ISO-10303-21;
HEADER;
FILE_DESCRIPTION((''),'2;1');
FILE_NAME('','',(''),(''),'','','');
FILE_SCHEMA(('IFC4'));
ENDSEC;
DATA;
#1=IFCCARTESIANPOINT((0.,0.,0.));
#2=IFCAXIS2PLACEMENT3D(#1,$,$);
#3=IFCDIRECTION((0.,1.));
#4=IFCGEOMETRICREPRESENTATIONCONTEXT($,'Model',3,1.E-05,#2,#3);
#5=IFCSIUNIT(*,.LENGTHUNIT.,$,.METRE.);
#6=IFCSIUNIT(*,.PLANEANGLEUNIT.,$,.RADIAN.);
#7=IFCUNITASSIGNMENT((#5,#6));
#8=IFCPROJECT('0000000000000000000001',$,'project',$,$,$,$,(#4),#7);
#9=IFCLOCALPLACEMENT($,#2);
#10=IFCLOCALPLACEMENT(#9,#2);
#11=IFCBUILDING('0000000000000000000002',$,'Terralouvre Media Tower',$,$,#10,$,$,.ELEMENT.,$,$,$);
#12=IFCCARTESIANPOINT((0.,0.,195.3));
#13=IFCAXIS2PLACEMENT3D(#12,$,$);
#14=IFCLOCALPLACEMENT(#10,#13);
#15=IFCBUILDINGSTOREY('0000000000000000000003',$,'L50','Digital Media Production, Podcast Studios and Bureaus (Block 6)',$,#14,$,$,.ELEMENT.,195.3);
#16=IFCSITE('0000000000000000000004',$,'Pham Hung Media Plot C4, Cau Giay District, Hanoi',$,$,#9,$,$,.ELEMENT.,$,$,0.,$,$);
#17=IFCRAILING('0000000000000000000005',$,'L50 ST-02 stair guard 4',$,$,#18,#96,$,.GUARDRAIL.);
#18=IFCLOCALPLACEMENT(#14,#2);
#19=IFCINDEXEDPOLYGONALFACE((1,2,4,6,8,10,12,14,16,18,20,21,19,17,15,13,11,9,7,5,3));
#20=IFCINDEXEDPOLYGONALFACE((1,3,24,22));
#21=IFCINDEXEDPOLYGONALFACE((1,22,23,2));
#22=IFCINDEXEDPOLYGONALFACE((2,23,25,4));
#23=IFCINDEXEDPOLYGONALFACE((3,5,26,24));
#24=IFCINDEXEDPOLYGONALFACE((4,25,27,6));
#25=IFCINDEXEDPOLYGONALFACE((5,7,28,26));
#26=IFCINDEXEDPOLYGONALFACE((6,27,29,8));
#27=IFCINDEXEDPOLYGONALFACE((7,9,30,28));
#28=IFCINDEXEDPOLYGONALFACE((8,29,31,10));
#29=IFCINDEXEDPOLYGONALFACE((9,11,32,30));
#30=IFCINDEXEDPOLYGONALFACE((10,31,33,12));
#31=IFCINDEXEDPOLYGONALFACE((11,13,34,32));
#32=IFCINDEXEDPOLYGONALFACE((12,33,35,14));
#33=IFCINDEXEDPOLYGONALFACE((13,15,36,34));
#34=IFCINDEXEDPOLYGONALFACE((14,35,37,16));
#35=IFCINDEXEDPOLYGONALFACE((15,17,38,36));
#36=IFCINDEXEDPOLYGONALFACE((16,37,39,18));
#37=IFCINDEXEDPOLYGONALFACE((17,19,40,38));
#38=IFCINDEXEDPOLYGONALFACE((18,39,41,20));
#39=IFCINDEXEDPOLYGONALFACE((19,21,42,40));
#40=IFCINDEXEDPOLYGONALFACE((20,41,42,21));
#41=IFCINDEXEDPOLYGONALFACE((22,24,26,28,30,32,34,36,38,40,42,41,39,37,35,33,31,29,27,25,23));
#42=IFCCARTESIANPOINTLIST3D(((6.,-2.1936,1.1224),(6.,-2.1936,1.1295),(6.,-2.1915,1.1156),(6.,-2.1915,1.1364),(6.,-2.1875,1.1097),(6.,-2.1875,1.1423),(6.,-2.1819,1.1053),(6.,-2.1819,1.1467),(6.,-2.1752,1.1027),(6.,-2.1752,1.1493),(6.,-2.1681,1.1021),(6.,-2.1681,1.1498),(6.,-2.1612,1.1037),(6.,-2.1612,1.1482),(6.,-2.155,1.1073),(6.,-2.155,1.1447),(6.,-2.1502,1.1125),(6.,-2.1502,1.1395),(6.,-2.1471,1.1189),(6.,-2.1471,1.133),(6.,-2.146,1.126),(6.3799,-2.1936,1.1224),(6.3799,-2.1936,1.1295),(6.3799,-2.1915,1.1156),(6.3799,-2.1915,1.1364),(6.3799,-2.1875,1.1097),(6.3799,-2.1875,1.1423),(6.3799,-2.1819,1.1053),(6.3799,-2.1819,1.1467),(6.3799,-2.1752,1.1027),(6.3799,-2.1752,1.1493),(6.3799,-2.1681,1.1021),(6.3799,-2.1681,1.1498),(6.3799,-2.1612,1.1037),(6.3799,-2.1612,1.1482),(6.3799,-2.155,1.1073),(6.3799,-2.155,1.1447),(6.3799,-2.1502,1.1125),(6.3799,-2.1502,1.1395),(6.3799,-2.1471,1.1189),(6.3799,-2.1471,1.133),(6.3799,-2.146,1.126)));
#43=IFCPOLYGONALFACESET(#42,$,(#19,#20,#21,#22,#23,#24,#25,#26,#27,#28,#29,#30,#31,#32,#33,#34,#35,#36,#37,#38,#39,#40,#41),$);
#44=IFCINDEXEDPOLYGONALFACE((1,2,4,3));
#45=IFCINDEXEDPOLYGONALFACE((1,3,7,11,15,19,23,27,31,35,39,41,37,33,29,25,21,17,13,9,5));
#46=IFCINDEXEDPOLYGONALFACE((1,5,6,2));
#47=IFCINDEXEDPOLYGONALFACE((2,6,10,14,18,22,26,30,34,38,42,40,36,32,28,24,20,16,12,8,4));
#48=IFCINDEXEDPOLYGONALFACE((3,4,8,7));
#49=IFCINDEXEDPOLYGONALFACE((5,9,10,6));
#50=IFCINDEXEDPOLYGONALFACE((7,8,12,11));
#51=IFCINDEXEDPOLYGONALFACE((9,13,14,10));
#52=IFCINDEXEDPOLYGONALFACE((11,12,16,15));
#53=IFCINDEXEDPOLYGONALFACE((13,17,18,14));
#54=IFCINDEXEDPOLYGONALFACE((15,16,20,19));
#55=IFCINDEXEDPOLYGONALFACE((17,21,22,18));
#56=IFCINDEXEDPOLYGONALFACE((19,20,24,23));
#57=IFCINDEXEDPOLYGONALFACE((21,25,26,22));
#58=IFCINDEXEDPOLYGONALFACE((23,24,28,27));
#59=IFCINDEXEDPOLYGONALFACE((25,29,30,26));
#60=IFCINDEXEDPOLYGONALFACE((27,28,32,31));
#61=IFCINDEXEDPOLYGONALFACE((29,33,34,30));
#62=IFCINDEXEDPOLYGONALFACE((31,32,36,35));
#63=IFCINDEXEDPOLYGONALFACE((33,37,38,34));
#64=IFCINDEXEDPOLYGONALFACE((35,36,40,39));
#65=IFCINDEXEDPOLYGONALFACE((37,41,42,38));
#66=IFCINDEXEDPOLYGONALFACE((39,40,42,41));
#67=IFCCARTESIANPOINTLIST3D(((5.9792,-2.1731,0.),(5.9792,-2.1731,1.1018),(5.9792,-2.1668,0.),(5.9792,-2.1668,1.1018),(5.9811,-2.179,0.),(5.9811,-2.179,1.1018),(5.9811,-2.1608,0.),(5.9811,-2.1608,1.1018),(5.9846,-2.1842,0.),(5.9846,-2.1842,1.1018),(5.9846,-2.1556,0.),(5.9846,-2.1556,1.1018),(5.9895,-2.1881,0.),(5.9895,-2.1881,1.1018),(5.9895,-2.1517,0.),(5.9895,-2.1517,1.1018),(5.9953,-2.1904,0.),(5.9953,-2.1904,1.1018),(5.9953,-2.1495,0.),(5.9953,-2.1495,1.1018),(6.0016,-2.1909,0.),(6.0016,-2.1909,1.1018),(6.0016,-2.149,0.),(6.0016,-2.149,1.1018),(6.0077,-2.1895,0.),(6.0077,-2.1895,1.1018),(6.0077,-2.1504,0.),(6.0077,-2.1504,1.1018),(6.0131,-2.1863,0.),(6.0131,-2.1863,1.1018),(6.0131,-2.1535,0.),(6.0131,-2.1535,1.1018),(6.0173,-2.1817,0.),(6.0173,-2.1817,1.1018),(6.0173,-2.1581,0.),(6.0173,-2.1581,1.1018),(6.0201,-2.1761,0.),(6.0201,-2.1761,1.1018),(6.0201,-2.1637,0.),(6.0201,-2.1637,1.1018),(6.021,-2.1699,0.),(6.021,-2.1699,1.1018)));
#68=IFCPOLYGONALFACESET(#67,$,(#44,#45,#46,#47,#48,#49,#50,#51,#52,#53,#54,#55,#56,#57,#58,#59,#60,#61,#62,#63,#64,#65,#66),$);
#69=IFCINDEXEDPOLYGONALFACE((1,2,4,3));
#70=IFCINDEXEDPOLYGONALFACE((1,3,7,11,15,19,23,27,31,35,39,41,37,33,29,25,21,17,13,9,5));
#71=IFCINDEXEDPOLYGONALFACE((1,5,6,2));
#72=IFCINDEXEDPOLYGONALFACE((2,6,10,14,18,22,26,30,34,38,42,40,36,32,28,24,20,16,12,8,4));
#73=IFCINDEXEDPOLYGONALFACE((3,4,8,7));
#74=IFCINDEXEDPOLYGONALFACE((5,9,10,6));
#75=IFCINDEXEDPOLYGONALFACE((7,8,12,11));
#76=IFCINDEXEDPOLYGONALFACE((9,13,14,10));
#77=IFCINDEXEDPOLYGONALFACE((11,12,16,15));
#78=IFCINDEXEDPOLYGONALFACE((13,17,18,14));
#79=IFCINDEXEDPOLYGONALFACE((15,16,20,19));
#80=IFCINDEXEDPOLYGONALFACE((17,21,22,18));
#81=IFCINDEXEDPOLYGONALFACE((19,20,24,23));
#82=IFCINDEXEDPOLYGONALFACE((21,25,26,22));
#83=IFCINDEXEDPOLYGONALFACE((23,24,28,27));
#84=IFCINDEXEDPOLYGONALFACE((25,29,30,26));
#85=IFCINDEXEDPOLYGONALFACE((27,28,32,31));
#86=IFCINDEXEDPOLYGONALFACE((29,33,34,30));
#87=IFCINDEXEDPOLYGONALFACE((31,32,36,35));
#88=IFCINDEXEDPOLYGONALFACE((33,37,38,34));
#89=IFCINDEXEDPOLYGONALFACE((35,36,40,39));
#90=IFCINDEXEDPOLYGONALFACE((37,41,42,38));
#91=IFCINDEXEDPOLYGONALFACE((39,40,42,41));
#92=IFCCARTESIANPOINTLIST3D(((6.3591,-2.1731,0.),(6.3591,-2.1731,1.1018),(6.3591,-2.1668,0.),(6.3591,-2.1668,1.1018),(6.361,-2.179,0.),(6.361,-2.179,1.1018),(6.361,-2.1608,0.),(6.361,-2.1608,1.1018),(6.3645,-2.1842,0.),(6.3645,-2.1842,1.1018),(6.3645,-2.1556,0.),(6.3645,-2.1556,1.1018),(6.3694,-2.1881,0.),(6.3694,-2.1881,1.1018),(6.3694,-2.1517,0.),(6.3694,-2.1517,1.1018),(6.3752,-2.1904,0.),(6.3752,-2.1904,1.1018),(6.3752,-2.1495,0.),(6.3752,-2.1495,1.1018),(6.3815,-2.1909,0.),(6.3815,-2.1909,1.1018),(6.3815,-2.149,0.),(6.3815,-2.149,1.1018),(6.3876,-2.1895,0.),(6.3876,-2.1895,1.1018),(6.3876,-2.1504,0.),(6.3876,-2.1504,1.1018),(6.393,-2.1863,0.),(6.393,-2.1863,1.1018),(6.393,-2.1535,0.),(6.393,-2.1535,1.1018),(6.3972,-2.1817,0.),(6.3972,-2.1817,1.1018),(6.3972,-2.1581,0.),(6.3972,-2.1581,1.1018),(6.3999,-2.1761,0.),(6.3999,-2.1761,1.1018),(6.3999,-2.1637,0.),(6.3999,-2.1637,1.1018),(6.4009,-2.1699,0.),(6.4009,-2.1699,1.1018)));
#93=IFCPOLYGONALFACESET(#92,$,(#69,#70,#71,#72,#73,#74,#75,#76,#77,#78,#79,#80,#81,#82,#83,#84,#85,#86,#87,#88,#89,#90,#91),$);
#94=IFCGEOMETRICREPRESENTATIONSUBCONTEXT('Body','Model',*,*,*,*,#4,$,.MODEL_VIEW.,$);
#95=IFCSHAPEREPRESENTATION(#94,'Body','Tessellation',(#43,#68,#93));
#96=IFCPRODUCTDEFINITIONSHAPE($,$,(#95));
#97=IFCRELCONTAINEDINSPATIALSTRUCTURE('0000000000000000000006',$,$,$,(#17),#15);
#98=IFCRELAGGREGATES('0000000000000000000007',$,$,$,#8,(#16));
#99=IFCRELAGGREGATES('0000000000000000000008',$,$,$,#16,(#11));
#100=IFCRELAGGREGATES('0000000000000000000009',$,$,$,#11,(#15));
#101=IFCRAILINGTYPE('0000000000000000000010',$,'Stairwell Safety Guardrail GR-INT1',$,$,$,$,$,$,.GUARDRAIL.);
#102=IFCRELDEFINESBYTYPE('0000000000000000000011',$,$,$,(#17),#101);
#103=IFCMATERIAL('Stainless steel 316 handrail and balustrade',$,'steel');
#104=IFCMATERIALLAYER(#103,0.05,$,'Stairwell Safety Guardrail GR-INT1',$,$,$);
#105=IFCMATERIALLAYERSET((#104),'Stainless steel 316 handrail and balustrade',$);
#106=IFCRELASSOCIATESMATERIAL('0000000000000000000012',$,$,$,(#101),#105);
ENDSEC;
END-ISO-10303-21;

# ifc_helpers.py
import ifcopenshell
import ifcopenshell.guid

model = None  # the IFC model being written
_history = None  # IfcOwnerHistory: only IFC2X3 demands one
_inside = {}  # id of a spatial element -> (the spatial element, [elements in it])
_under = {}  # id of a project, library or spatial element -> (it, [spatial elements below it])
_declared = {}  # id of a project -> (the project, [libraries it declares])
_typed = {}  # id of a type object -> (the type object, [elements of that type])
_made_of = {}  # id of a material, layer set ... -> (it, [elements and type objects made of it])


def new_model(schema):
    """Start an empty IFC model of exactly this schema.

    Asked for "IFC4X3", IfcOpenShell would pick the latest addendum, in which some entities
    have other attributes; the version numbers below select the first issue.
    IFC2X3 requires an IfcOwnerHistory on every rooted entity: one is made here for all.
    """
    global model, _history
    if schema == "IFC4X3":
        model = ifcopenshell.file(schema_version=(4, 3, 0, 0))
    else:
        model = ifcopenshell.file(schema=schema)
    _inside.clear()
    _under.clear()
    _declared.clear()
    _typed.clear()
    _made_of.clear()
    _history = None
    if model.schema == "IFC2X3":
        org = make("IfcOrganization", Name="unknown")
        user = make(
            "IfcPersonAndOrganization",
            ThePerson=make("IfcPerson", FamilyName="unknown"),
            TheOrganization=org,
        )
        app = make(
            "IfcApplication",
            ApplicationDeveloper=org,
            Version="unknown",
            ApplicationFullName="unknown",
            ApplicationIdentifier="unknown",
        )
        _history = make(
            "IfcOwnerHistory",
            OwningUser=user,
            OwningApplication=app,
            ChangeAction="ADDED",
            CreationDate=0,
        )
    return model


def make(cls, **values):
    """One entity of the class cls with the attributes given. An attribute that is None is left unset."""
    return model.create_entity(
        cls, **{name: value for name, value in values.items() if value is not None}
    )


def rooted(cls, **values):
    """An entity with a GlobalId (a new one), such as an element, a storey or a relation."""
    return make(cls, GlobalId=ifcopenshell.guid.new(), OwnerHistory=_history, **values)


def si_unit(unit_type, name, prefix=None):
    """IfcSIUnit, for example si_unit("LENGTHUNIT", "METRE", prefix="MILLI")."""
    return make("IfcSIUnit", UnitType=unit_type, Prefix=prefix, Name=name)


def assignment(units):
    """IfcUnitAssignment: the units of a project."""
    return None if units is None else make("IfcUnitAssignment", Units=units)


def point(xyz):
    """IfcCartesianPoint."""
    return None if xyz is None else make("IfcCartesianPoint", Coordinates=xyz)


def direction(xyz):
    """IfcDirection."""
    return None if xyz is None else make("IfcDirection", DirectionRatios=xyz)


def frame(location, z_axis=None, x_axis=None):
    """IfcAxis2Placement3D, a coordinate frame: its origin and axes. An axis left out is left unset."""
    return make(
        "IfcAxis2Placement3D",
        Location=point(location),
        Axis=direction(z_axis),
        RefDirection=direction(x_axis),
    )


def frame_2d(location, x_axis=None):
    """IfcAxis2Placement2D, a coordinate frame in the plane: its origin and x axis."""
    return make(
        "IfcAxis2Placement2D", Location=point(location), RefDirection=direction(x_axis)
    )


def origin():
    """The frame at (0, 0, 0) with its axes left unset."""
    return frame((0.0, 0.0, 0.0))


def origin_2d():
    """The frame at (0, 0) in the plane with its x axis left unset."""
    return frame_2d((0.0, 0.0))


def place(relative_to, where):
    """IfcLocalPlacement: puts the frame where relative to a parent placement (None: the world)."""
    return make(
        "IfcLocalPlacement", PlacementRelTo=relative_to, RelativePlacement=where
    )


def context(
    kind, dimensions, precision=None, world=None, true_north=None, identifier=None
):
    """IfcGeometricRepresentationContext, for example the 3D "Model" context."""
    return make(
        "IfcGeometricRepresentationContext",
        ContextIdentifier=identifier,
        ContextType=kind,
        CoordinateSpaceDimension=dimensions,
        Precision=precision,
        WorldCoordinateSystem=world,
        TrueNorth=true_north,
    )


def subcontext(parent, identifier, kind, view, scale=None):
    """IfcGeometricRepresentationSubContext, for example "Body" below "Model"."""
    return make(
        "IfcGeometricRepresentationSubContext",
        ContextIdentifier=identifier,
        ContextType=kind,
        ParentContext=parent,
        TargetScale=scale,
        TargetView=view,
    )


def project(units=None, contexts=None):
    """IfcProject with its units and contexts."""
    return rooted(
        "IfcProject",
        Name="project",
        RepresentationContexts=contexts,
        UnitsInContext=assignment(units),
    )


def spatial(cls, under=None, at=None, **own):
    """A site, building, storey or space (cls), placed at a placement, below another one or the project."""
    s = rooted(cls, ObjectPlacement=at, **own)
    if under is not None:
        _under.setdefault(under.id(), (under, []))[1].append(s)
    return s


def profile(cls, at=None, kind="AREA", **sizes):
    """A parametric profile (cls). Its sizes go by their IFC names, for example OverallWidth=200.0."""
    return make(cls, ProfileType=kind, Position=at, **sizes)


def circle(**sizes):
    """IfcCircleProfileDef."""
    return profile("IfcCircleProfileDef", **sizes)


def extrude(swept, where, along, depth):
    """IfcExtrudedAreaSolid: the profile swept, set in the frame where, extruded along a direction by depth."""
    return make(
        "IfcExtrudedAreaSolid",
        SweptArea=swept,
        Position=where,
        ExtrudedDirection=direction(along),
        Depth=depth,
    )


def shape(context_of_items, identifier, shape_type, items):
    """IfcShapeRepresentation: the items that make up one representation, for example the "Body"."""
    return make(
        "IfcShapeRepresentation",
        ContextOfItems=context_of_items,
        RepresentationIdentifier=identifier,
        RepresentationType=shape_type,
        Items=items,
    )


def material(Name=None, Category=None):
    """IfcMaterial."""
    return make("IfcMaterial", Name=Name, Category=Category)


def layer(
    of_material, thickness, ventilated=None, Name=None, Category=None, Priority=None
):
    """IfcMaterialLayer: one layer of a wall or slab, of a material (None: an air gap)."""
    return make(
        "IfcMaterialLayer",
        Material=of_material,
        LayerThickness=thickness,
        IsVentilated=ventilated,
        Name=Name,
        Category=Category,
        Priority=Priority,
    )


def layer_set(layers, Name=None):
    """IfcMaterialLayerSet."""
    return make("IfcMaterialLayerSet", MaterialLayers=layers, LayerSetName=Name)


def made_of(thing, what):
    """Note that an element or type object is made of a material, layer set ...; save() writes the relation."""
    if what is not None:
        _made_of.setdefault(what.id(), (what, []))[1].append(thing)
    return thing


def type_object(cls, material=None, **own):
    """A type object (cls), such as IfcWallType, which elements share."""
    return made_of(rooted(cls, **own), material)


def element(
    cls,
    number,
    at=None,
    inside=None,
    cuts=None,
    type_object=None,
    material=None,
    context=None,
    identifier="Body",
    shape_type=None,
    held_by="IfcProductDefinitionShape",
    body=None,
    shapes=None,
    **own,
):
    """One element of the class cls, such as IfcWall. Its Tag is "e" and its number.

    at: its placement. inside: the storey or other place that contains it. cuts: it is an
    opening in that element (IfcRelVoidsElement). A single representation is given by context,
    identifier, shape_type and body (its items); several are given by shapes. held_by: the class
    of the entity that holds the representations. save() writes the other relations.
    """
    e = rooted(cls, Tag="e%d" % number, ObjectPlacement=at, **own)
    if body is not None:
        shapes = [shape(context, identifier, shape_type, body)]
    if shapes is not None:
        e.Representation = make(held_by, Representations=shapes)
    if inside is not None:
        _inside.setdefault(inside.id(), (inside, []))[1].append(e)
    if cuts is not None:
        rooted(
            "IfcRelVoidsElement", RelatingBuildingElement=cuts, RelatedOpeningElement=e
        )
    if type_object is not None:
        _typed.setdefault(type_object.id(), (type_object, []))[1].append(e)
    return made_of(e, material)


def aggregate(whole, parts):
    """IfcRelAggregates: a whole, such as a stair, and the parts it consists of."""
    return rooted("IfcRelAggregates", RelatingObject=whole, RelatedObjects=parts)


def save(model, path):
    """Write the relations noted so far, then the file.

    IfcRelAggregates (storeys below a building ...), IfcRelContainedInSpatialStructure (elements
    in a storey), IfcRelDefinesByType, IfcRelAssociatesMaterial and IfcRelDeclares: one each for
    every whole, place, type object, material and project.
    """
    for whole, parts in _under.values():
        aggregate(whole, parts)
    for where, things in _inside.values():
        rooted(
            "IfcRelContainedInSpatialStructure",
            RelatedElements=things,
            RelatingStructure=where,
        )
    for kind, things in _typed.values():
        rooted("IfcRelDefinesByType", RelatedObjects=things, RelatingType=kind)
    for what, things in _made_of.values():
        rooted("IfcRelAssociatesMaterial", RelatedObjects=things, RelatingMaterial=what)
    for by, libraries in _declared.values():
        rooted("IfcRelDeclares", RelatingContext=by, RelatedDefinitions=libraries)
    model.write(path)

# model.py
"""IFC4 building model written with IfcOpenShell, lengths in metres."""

from ifc_helpers import new_model, si_unit, direction, frame, origin, origin_2d, place, context, subcontext, project, spatial, circle, extrude, material, layer, layer_set, type_object, element, save


model = new_model("IFC4")

# Units and contexts
model_context = context("Model", 3, precision=1e-05, world=origin(), true_north=direction((0.0, 1.0)))
body_context = subcontext(model_context, "Body", "Model", "MODEL_VIEW")
ifc_project = project(units=[si_unit("LENGTHUNIT", "METRE"), si_unit("PLANEANGLEUNIT", "RADIAN")], contexts=[model_context])

# Site, building, storey
site_placement = place(None, origin())
site = spatial("IfcSite", under=ifc_project, at=site_placement, Name="Pham Hung Media Plot C4, Cau Giay District, Hanoi", CompositionType="ELEMENT", RefElevation=0.0)
building_placement = place(site_placement, origin())
building = spatial("IfcBuilding", under=site, at=building_placement, Name="Terralouvre Media Tower", CompositionType="ELEMENT")
storey_placement = place(building_placement, frame((0.0, 0.0, 195.3)))
storey = spatial("IfcBuildingStorey", under=building, at=storey_placement, Name="L50", Description="Digital Media Production, Podcast Studios and Bureaus (Block 6)", CompositionType="ELEMENT", Elevation=195.3)

# Railing
ifc_material_1 = material(Name="Stainless steel 316 handrail and balustrade", Category="steel")
ifc_layer_1 = layer(ifc_material_1, 0.05, Name="Stairwell Safety Guardrail GR-INT1")
ifc_layer_set_1 = layer_set([ifc_layer_1], Name="Stainless steel 316 handrail and balustrade")
railing_type_1 = type_object("IfcRailingType", Name="Stairwell Safety Guardrail GR-INT1", PredefinedType="GUARDRAIL", material=ifc_layer_set_1)
railing_1_placement = place(storey_placement, frame((6.0, -2.1699, 0.0)))
element("IfcRailing", 1, at=railing_1_placement, inside=storey, type_object=railing_type_1, Name="L50 ST-02 stair guard 4", PredefinedType="GUARDRAIL", context=body_context, shape_type="SweptSolid", body=[
    extrude(circle(Radius=0.0239, at=origin_2d()), frame((0.0, 0.0, 1.126), z_axis=(1.0, 0.0, 0.0), x_axis=(0.0, 1.0, 0.0)), (0.0, 0.0, 1.0), 0.3799),
    extrude(circle(Radius=0.021, at=origin_2d()), origin(), (0.0, 0.0, 1.0), 1.1018),
    extrude(circle(Radius=0.021, at=origin_2d()), frame((0.3799, 0.0, 0.0)), (0.0, 0.0, 1.0), 1.1018),
])

save(model, "model.ifc")
